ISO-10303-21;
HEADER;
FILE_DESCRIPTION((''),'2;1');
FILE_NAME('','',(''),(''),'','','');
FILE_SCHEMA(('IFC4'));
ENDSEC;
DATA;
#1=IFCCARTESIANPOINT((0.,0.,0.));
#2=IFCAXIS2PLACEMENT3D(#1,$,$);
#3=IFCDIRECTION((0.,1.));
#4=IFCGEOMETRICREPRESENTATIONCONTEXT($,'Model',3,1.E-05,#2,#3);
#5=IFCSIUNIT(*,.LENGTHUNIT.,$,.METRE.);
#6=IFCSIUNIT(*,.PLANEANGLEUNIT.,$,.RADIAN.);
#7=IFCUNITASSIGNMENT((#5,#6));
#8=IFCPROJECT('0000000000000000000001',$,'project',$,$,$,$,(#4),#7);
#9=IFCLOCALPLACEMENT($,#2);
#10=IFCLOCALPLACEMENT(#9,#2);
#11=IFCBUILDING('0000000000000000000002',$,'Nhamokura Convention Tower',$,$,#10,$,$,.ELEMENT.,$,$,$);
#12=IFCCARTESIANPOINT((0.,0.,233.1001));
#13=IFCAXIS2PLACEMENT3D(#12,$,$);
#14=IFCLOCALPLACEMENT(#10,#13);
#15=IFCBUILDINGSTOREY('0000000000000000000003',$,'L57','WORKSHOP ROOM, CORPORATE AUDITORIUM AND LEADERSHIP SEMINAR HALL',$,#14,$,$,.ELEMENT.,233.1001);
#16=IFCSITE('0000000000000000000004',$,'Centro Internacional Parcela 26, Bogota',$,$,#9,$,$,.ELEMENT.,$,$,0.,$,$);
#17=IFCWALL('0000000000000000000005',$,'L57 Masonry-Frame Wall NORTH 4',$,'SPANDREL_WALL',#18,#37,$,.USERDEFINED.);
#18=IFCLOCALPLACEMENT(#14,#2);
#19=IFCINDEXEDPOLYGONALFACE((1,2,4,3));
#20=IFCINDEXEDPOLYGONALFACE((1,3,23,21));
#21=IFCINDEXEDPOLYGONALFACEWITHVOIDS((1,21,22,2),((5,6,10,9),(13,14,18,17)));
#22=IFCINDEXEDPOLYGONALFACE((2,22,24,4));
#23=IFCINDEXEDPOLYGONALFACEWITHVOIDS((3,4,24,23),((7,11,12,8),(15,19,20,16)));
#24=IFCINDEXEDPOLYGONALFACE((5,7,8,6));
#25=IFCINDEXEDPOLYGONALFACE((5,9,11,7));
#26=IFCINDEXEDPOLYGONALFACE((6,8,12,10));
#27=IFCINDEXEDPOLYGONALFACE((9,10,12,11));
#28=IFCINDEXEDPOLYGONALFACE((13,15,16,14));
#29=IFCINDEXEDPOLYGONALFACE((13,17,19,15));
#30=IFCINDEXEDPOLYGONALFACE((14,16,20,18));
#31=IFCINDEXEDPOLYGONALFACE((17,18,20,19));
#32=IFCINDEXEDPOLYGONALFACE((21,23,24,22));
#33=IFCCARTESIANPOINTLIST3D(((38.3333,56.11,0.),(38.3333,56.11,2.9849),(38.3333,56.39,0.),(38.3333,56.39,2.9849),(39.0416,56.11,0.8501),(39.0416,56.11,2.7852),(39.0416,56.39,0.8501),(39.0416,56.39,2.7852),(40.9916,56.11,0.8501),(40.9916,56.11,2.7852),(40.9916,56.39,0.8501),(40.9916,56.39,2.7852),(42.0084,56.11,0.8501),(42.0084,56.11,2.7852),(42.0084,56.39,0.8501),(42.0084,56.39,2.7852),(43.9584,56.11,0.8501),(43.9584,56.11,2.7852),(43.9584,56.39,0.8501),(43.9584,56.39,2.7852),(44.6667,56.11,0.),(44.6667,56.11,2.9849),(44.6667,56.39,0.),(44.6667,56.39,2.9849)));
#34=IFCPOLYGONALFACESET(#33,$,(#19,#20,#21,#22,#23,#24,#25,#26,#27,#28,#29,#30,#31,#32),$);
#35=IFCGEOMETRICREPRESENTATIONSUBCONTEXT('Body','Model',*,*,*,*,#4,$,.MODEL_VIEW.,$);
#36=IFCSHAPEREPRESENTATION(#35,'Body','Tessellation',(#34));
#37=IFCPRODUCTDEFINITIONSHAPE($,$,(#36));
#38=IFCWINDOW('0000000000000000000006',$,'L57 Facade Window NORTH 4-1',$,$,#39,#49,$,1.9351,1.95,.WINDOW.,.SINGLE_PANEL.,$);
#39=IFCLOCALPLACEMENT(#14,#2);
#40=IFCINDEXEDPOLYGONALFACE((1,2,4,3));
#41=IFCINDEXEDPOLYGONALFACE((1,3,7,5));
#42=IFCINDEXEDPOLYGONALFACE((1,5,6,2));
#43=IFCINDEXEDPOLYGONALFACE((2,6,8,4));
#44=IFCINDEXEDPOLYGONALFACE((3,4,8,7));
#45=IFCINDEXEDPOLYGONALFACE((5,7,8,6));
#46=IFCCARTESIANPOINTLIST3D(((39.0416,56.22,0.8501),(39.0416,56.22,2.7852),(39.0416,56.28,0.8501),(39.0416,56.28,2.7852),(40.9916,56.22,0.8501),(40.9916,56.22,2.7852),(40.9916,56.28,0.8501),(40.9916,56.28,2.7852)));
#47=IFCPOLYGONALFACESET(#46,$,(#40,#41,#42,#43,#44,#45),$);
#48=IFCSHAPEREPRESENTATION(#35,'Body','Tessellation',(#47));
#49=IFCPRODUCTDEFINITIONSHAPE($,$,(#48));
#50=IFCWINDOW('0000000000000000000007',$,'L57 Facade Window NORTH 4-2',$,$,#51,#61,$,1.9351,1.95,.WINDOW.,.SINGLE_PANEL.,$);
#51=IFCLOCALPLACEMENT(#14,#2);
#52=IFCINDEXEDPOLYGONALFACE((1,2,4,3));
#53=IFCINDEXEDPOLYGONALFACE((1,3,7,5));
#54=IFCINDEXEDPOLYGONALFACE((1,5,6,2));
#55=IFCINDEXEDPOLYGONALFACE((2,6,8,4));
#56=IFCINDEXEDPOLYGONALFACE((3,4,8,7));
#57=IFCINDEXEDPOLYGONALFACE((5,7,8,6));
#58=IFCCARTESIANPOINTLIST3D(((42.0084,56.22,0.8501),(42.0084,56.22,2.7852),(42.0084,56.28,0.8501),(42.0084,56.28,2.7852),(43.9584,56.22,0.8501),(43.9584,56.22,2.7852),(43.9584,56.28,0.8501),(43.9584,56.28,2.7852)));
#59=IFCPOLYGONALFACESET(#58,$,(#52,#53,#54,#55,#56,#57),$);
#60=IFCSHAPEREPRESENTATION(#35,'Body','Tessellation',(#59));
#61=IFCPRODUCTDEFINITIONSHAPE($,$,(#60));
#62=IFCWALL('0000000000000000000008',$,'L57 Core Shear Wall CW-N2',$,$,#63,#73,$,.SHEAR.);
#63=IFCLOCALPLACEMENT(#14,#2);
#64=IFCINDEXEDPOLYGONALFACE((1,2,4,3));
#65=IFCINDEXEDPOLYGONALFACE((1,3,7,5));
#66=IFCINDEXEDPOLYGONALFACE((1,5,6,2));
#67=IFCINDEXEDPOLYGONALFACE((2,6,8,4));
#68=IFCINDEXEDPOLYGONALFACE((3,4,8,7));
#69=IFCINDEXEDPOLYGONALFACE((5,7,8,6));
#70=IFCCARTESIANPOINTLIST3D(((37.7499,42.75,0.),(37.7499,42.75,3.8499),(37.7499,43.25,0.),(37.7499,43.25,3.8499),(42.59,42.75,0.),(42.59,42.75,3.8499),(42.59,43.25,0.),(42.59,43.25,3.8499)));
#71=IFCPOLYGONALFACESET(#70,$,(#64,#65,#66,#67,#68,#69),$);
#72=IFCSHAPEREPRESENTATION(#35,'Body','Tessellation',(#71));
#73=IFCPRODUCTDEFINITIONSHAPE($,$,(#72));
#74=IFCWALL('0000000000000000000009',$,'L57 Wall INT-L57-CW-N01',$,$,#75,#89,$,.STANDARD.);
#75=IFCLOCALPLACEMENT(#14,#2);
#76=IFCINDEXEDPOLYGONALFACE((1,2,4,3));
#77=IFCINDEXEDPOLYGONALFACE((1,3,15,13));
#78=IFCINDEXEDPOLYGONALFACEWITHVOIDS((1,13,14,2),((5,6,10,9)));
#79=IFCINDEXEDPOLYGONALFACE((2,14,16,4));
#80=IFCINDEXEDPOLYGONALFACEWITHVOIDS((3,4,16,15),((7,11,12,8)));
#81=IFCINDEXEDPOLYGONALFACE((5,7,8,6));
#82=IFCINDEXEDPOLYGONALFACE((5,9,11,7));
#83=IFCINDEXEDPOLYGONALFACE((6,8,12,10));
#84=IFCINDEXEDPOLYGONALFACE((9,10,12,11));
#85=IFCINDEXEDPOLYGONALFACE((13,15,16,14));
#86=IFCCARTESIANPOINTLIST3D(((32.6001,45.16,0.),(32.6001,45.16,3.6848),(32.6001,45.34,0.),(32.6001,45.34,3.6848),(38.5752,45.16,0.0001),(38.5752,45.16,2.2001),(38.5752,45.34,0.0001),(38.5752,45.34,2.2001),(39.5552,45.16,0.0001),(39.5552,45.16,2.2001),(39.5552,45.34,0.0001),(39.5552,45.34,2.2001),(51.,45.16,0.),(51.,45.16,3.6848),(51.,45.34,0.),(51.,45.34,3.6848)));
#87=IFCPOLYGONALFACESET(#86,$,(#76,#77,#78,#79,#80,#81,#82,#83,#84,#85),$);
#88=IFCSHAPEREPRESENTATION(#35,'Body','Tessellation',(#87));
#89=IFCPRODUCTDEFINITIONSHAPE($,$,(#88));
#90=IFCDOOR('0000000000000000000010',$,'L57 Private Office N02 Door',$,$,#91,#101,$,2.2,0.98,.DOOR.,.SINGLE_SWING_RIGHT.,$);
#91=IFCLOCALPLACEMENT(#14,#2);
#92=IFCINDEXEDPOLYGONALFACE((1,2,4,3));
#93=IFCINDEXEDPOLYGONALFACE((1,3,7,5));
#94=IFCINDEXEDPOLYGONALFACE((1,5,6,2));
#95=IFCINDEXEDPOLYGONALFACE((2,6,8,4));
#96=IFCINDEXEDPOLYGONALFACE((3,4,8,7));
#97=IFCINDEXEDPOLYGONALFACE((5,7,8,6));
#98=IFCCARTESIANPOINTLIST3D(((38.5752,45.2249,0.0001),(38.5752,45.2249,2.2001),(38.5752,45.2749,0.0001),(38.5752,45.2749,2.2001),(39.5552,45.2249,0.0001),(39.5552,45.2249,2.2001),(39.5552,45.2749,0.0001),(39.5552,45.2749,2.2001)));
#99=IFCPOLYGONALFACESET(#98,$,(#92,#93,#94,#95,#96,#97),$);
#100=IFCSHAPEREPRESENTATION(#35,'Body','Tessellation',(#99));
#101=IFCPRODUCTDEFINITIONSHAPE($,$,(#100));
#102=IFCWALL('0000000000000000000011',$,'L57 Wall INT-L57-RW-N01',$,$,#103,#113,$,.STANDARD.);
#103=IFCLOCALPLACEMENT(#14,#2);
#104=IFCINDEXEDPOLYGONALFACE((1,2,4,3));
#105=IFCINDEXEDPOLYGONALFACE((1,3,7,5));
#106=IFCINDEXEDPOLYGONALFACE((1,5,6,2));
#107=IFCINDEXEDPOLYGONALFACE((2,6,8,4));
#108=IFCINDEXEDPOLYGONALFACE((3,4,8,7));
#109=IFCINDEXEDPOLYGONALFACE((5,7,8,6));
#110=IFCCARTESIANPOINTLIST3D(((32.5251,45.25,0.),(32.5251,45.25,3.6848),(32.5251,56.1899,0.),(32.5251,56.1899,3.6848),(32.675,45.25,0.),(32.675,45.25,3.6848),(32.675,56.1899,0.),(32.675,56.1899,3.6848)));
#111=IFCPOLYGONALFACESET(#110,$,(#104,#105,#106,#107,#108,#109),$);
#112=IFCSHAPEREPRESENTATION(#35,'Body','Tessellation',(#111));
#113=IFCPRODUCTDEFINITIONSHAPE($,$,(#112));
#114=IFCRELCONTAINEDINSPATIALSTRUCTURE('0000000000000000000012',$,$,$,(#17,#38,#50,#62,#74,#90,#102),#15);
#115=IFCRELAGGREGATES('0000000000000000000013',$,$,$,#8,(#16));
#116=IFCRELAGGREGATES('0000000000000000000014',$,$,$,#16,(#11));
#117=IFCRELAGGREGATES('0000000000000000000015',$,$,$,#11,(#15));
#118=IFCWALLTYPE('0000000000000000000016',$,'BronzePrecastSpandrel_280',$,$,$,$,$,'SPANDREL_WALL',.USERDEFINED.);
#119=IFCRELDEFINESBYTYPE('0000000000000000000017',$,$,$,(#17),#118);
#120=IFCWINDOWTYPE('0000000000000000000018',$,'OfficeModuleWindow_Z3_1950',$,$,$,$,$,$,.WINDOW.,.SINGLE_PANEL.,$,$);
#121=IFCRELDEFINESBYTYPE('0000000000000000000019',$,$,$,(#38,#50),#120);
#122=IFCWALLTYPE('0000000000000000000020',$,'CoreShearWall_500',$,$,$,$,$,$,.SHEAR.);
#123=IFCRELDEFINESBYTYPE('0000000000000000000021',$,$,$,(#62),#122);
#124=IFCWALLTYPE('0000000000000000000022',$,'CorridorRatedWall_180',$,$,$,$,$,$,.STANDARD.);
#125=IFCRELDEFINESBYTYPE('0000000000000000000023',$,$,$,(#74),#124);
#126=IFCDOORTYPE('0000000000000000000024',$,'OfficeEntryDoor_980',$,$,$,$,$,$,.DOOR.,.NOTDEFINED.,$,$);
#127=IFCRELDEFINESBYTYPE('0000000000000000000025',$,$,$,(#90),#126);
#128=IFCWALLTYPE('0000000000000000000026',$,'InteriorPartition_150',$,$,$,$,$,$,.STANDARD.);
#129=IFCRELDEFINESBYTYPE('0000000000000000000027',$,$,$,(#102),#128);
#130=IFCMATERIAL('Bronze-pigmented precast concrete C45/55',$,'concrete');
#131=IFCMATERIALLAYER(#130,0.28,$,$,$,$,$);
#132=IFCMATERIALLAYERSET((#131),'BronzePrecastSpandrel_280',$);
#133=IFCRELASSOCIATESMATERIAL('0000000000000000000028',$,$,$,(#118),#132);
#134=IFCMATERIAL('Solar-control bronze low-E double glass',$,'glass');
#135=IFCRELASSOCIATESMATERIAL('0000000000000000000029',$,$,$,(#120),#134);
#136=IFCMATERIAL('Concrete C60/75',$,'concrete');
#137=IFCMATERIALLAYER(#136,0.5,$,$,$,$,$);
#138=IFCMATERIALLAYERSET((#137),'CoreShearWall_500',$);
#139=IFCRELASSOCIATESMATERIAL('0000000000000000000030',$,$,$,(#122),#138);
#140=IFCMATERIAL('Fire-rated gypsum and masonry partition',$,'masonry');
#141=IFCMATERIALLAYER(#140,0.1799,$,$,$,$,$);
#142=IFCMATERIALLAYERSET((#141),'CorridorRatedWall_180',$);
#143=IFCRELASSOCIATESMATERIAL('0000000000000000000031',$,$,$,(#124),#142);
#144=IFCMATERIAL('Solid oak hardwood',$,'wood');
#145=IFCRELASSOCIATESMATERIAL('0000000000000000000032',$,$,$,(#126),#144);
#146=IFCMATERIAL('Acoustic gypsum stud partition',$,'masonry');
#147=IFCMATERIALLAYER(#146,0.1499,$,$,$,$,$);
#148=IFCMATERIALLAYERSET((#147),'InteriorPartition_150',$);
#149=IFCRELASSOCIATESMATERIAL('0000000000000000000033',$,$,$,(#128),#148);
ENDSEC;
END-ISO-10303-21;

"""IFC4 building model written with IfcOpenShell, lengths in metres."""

from ifc_helpers import new_model, si_unit, direction, frame, frame_2d, origin, place, context, subcontext, project, spatial, rectangle, extrude, material, layer, layer_set, type_object, element, fill, save


model = new_model("IFC4")

# Units and contexts
model_context = context("Model", 3, precision=1e-05, world=origin(), true_north=direction((0.0, 1.0)))
body_context = subcontext(model_context, "Body", "Model", "MODEL_VIEW")
ifc_project = project(units=[si_unit("LENGTHUNIT", "METRE"), si_unit("PLANEANGLEUNIT", "RADIAN")], contexts=[model_context])

# Site, building, storey
site_placement = place(None, origin())
site = spatial("IfcSite", under=ifc_project, at=site_placement, Name="Centro Internacional Parcela 26, Bogota", CompositionType="ELEMENT", RefElevation=0.0)
building_placement = place(site_placement, origin())
building = spatial("IfcBuilding", under=site, at=building_placement, Name="Nhamokura Convention Tower", CompositionType="ELEMENT")
storey_placement = place(building_placement, frame((0.0, 0.0, 233.1001)))
storey = spatial("IfcBuildingStorey", under=building, at=storey_placement, Name="L57", Description="WORKSHOP ROOM, CORPORATE AUDITORIUM AND LEADERSHIP SEMINAR HALL", CompositionType="ELEMENT", Elevation=233.1001)

# Shared definitions
ifc_material_1 = material(Name="Bronze-pigmented precast concrete C45/55", Category="concrete")
ifc_layer_1 = layer(ifc_material_1, 0.28)
ifc_layer_set_1 = layer_set([ifc_layer_1], Name="BronzePrecastSpandrel_280")
wall_type_1 = type_object("IfcWallType", Name="BronzePrecastSpandrel_280", ElementType="SPANDREL_WALL", PredefinedType="USERDEFINED", material=ifc_layer_set_1)

# Wall, openings, windows
wall_1_placement = place(storey_placement, frame((38.3333, 56.25, 0.0), z_axis=(0.0, 0.0, 1.0), x_axis=(1.0, 0.0, 0.0)))
wall_1 = element("IfcWall", 1, at=wall_1_placement, inside=storey, type_object=wall_type_1, Name="L57 Masonry-Frame Wall NORTH 4", ObjectType="SPANDREL_WALL", PredefinedType="USERDEFINED", context=body_context, shape_type="SweptSolid", body=[
    extrude(rectangle(XDim=6.3335, YDim=0.28, at=frame_2d((3.1667, 0.0))), origin(), (0.0, 0.0, 1.0), 2.9849),
])
opening_1_placement = place(wall_1_placement, frame((0.7083, 0.0, 0.8501)))
opening_1 = element("IfcOpeningElement", 2, at=opening_1_placement, cuts=wall_1, PredefinedType="OPENING", context=body_context, shape_type="SweptSolid", body=[
    extrude(rectangle(XDim=1.95, YDim=1.9351, at=frame_2d((0.9751, 0.9675))), frame((0.0, 0.1499, 0.0), z_axis=(0.0, -1.0, 0.0), x_axis=(1.0, 0.0, 0.0)), (0.0, 0.0, 1.0), 0.3),
])
opening_2_placement = place(wall_1_placement, frame((3.675, 0.0, 0.8501)))
opening_2 = element("IfcOpeningElement", 3, at=opening_2_placement, cuts=wall_1, PredefinedType="OPENING", context=body_context, shape_type="SweptSolid", body=[
    extrude(rectangle(XDim=1.95, YDim=1.9351, at=frame_2d((0.9751, 0.9675))), frame((0.0, 0.1499, 0.0), z_axis=(0.0, -1.0, 0.0), x_axis=(1.0, 0.0, 0.0)), (0.0, 0.0, 1.0), 0.3),
])
ifc_material_2 = material(Name="Solar-control bronze low-E double glass", Category="glass")
window_type_1 = type_object("IfcWindowType", Name="OfficeModuleWindow_Z3_1950", PartitioningType="SINGLE_PANEL", PredefinedType="WINDOW", material=ifc_material_2)
window_1_placement = place(opening_1_placement, origin())
window_1 = element("IfcWindow", 4, at=window_1_placement, inside=storey, type_object=window_type_1, Name="L57 Facade Window NORTH 4-1", OverallHeight=1.9351, OverallWidth=1.95, PartitioningType="SINGLE_PANEL", PredefinedType="WINDOW", context=body_context, shape_type="SweptSolid", body=[
    extrude(rectangle(XDim=1.95, YDim=1.9351, at=frame_2d((0.9751, 0.9675))), frame((0.0, 0.03, 0.0), z_axis=(0.0, -1.0, 0.0), x_axis=(1.0, 0.0, 0.0)), (0.0, 0.0, 1.0), 0.0601),
])
fill(opening_1, window_1)
window_2_placement = place(opening_2_placement, origin())
window_2 = element("IfcWindow", 5, at=window_2_placement, inside=storey, type_object=window_type_1, Name="L57 Facade Window NORTH 4-2", OverallHeight=1.9351, OverallWidth=1.95, PartitioningType="SINGLE_PANEL", PredefinedType="WINDOW", context=body_context, shape_type="SweptSolid", body=[
    extrude(rectangle(XDim=1.95, YDim=1.9351, at=frame_2d((0.9751, 0.9675))), frame((0.0, 0.03, 0.0), z_axis=(0.0, -1.0, 0.0), x_axis=(1.0, 0.0, 0.0)), (0.0, 0.0, 1.0), 0.0601),
])
fill(opening_2, window_2)

# Wall
ifc_material_3 = material(Name="Concrete C60/75", Category="concrete")
ifc_layer_2 = layer(ifc_material_3, 0.5)
ifc_layer_set_2 = layer_set([ifc_layer_2], Name="CoreShearWall_500")
wall_type_2 = type_object("IfcWallType", Name="CoreShearWall_500", PredefinedType="SHEAR", material=ifc_layer_set_2)
wall_2_placement = place(storey_placement, frame((37.75, 43.0, 0.0), z_axis=(0.0, 0.0, 1.0), x_axis=(1.0, 0.0, 0.0)))
element("IfcWall", 6, at=wall_2_placement, inside=storey, type_object=wall_type_2, Name="L57 Core Shear Wall CW-N2", PredefinedType="SHEAR", context=body_context, shape_type="SweptSolid", body=[
    extrude(rectangle(XDim=4.8401, YDim=0.5, at=frame_2d((2.4199, 0.0))), origin(), (0.0, 0.0, 1.0), 3.8499),
])

# Wall, opening, door
ifc_material_4 = material(Name="Fire-rated gypsum and masonry partition", Category="masonry")
ifc_layer_3 = layer(ifc_material_4, 0.1799)
ifc_layer_set_3 = layer_set([ifc_layer_3], Name="CorridorRatedWall_180")
wall_type_3 = type_object("IfcWallType", Name="CorridorRatedWall_180", PredefinedType="STANDARD", material=ifc_layer_set_3)
wall_3_placement = place(storey_placement, frame((32.6001, 45.25, 0.0), z_axis=(0.0, 0.0, 1.0), x_axis=(1.0, 0.0, 0.0)))
wall_3 = element("IfcWall", 7, at=wall_3_placement, inside=storey, type_object=wall_type_3, Name="L57 Wall INT-L57-CW-N01", PredefinedType="STANDARD", context=body_context, shape_type="SweptSolid", body=[
    extrude(rectangle(XDim=18.3999, YDim=0.1799, at=frame_2d((9.2, 0.0))), origin(), (0.0, 0.0, 1.0), 3.6848),
])
opening_3_placement = place(wall_3_placement, frame((5.9751, 0.0, 0.0)))
opening_3 = element("IfcOpeningElement", 8, at=opening_3_placement, cuts=wall_3, PredefinedType="OPENING", context=body_context, shape_type="SweptSolid", body=[
    extrude(rectangle(XDim=0.98, YDim=2.2, at=frame_2d((0.49, 1.1001))), frame((0.0, 0.0999, 0.0), z_axis=(0.0, -1.0, 0.0), x_axis=(1.0, 0.0, 0.0)), (0.0, 0.0, 1.0), 0.2),
])
ifc_material_5 = material(Name="Solid oak hardwood", Category="wood")
door_type_1 = type_object("IfcDoorType", Name="OfficeEntryDoor_980", OperationType="NOTDEFINED", PredefinedType="DOOR", material=ifc_material_5)
door_1_placement = place(opening_3_placement, origin())
door_1 = element("IfcDoor", 9, at=door_1_placement, inside=storey, type_object=door_type_1, Name="L57 Private Office N02 Door", OperationType="SINGLE_SWING_RIGHT", OverallHeight=2.2, OverallWidth=0.98, PredefinedType="DOOR", context=body_context, shape_type="SweptSolid", body=[
    extrude(rectangle(XDim=0.98, YDim=2.2, at=frame_2d((0.49, 1.1001))), frame((0.0, 0.0249, 0.0), z_axis=(0.0, -1.0, 0.0), x_axis=(1.0, 0.0, 0.0)), (0.0, 0.0, 1.0), 0.05),
])
fill(opening_3, door_1)

# Wall
ifc_material_6 = material(Name="Acoustic gypsum stud partition", Category="masonry")
ifc_layer_4 = layer(ifc_material_6, 0.1499)
ifc_layer_set_4 = layer_set([ifc_layer_4], Name="InteriorPartition_150")
wall_type_4 = type_object("IfcWallType", Name="InteriorPartition_150", PredefinedType="STANDARD", material=ifc_layer_set_4)
wall_4_placement = place(storey_placement, frame((32.6001, 45.25, 0.0), z_axis=(0.0, 0.0, 1.0), x_axis=(0.0, 1.0, 0.0)))
element("IfcWall", 10, at=wall_4_placement, inside=storey, type_object=wall_type_4, Name="L57 Wall INT-L57-RW-N01", PredefinedType="STANDARD", context=body_context, shape_type="SweptSolid", body=[
    extrude(rectangle(XDim=10.9399, YDim=0.1499, at=frame_2d((5.47, 0.0))), origin(), (0.0, 0.0, 1.0), 3.6848),
])

save(model, "model.ifc")
